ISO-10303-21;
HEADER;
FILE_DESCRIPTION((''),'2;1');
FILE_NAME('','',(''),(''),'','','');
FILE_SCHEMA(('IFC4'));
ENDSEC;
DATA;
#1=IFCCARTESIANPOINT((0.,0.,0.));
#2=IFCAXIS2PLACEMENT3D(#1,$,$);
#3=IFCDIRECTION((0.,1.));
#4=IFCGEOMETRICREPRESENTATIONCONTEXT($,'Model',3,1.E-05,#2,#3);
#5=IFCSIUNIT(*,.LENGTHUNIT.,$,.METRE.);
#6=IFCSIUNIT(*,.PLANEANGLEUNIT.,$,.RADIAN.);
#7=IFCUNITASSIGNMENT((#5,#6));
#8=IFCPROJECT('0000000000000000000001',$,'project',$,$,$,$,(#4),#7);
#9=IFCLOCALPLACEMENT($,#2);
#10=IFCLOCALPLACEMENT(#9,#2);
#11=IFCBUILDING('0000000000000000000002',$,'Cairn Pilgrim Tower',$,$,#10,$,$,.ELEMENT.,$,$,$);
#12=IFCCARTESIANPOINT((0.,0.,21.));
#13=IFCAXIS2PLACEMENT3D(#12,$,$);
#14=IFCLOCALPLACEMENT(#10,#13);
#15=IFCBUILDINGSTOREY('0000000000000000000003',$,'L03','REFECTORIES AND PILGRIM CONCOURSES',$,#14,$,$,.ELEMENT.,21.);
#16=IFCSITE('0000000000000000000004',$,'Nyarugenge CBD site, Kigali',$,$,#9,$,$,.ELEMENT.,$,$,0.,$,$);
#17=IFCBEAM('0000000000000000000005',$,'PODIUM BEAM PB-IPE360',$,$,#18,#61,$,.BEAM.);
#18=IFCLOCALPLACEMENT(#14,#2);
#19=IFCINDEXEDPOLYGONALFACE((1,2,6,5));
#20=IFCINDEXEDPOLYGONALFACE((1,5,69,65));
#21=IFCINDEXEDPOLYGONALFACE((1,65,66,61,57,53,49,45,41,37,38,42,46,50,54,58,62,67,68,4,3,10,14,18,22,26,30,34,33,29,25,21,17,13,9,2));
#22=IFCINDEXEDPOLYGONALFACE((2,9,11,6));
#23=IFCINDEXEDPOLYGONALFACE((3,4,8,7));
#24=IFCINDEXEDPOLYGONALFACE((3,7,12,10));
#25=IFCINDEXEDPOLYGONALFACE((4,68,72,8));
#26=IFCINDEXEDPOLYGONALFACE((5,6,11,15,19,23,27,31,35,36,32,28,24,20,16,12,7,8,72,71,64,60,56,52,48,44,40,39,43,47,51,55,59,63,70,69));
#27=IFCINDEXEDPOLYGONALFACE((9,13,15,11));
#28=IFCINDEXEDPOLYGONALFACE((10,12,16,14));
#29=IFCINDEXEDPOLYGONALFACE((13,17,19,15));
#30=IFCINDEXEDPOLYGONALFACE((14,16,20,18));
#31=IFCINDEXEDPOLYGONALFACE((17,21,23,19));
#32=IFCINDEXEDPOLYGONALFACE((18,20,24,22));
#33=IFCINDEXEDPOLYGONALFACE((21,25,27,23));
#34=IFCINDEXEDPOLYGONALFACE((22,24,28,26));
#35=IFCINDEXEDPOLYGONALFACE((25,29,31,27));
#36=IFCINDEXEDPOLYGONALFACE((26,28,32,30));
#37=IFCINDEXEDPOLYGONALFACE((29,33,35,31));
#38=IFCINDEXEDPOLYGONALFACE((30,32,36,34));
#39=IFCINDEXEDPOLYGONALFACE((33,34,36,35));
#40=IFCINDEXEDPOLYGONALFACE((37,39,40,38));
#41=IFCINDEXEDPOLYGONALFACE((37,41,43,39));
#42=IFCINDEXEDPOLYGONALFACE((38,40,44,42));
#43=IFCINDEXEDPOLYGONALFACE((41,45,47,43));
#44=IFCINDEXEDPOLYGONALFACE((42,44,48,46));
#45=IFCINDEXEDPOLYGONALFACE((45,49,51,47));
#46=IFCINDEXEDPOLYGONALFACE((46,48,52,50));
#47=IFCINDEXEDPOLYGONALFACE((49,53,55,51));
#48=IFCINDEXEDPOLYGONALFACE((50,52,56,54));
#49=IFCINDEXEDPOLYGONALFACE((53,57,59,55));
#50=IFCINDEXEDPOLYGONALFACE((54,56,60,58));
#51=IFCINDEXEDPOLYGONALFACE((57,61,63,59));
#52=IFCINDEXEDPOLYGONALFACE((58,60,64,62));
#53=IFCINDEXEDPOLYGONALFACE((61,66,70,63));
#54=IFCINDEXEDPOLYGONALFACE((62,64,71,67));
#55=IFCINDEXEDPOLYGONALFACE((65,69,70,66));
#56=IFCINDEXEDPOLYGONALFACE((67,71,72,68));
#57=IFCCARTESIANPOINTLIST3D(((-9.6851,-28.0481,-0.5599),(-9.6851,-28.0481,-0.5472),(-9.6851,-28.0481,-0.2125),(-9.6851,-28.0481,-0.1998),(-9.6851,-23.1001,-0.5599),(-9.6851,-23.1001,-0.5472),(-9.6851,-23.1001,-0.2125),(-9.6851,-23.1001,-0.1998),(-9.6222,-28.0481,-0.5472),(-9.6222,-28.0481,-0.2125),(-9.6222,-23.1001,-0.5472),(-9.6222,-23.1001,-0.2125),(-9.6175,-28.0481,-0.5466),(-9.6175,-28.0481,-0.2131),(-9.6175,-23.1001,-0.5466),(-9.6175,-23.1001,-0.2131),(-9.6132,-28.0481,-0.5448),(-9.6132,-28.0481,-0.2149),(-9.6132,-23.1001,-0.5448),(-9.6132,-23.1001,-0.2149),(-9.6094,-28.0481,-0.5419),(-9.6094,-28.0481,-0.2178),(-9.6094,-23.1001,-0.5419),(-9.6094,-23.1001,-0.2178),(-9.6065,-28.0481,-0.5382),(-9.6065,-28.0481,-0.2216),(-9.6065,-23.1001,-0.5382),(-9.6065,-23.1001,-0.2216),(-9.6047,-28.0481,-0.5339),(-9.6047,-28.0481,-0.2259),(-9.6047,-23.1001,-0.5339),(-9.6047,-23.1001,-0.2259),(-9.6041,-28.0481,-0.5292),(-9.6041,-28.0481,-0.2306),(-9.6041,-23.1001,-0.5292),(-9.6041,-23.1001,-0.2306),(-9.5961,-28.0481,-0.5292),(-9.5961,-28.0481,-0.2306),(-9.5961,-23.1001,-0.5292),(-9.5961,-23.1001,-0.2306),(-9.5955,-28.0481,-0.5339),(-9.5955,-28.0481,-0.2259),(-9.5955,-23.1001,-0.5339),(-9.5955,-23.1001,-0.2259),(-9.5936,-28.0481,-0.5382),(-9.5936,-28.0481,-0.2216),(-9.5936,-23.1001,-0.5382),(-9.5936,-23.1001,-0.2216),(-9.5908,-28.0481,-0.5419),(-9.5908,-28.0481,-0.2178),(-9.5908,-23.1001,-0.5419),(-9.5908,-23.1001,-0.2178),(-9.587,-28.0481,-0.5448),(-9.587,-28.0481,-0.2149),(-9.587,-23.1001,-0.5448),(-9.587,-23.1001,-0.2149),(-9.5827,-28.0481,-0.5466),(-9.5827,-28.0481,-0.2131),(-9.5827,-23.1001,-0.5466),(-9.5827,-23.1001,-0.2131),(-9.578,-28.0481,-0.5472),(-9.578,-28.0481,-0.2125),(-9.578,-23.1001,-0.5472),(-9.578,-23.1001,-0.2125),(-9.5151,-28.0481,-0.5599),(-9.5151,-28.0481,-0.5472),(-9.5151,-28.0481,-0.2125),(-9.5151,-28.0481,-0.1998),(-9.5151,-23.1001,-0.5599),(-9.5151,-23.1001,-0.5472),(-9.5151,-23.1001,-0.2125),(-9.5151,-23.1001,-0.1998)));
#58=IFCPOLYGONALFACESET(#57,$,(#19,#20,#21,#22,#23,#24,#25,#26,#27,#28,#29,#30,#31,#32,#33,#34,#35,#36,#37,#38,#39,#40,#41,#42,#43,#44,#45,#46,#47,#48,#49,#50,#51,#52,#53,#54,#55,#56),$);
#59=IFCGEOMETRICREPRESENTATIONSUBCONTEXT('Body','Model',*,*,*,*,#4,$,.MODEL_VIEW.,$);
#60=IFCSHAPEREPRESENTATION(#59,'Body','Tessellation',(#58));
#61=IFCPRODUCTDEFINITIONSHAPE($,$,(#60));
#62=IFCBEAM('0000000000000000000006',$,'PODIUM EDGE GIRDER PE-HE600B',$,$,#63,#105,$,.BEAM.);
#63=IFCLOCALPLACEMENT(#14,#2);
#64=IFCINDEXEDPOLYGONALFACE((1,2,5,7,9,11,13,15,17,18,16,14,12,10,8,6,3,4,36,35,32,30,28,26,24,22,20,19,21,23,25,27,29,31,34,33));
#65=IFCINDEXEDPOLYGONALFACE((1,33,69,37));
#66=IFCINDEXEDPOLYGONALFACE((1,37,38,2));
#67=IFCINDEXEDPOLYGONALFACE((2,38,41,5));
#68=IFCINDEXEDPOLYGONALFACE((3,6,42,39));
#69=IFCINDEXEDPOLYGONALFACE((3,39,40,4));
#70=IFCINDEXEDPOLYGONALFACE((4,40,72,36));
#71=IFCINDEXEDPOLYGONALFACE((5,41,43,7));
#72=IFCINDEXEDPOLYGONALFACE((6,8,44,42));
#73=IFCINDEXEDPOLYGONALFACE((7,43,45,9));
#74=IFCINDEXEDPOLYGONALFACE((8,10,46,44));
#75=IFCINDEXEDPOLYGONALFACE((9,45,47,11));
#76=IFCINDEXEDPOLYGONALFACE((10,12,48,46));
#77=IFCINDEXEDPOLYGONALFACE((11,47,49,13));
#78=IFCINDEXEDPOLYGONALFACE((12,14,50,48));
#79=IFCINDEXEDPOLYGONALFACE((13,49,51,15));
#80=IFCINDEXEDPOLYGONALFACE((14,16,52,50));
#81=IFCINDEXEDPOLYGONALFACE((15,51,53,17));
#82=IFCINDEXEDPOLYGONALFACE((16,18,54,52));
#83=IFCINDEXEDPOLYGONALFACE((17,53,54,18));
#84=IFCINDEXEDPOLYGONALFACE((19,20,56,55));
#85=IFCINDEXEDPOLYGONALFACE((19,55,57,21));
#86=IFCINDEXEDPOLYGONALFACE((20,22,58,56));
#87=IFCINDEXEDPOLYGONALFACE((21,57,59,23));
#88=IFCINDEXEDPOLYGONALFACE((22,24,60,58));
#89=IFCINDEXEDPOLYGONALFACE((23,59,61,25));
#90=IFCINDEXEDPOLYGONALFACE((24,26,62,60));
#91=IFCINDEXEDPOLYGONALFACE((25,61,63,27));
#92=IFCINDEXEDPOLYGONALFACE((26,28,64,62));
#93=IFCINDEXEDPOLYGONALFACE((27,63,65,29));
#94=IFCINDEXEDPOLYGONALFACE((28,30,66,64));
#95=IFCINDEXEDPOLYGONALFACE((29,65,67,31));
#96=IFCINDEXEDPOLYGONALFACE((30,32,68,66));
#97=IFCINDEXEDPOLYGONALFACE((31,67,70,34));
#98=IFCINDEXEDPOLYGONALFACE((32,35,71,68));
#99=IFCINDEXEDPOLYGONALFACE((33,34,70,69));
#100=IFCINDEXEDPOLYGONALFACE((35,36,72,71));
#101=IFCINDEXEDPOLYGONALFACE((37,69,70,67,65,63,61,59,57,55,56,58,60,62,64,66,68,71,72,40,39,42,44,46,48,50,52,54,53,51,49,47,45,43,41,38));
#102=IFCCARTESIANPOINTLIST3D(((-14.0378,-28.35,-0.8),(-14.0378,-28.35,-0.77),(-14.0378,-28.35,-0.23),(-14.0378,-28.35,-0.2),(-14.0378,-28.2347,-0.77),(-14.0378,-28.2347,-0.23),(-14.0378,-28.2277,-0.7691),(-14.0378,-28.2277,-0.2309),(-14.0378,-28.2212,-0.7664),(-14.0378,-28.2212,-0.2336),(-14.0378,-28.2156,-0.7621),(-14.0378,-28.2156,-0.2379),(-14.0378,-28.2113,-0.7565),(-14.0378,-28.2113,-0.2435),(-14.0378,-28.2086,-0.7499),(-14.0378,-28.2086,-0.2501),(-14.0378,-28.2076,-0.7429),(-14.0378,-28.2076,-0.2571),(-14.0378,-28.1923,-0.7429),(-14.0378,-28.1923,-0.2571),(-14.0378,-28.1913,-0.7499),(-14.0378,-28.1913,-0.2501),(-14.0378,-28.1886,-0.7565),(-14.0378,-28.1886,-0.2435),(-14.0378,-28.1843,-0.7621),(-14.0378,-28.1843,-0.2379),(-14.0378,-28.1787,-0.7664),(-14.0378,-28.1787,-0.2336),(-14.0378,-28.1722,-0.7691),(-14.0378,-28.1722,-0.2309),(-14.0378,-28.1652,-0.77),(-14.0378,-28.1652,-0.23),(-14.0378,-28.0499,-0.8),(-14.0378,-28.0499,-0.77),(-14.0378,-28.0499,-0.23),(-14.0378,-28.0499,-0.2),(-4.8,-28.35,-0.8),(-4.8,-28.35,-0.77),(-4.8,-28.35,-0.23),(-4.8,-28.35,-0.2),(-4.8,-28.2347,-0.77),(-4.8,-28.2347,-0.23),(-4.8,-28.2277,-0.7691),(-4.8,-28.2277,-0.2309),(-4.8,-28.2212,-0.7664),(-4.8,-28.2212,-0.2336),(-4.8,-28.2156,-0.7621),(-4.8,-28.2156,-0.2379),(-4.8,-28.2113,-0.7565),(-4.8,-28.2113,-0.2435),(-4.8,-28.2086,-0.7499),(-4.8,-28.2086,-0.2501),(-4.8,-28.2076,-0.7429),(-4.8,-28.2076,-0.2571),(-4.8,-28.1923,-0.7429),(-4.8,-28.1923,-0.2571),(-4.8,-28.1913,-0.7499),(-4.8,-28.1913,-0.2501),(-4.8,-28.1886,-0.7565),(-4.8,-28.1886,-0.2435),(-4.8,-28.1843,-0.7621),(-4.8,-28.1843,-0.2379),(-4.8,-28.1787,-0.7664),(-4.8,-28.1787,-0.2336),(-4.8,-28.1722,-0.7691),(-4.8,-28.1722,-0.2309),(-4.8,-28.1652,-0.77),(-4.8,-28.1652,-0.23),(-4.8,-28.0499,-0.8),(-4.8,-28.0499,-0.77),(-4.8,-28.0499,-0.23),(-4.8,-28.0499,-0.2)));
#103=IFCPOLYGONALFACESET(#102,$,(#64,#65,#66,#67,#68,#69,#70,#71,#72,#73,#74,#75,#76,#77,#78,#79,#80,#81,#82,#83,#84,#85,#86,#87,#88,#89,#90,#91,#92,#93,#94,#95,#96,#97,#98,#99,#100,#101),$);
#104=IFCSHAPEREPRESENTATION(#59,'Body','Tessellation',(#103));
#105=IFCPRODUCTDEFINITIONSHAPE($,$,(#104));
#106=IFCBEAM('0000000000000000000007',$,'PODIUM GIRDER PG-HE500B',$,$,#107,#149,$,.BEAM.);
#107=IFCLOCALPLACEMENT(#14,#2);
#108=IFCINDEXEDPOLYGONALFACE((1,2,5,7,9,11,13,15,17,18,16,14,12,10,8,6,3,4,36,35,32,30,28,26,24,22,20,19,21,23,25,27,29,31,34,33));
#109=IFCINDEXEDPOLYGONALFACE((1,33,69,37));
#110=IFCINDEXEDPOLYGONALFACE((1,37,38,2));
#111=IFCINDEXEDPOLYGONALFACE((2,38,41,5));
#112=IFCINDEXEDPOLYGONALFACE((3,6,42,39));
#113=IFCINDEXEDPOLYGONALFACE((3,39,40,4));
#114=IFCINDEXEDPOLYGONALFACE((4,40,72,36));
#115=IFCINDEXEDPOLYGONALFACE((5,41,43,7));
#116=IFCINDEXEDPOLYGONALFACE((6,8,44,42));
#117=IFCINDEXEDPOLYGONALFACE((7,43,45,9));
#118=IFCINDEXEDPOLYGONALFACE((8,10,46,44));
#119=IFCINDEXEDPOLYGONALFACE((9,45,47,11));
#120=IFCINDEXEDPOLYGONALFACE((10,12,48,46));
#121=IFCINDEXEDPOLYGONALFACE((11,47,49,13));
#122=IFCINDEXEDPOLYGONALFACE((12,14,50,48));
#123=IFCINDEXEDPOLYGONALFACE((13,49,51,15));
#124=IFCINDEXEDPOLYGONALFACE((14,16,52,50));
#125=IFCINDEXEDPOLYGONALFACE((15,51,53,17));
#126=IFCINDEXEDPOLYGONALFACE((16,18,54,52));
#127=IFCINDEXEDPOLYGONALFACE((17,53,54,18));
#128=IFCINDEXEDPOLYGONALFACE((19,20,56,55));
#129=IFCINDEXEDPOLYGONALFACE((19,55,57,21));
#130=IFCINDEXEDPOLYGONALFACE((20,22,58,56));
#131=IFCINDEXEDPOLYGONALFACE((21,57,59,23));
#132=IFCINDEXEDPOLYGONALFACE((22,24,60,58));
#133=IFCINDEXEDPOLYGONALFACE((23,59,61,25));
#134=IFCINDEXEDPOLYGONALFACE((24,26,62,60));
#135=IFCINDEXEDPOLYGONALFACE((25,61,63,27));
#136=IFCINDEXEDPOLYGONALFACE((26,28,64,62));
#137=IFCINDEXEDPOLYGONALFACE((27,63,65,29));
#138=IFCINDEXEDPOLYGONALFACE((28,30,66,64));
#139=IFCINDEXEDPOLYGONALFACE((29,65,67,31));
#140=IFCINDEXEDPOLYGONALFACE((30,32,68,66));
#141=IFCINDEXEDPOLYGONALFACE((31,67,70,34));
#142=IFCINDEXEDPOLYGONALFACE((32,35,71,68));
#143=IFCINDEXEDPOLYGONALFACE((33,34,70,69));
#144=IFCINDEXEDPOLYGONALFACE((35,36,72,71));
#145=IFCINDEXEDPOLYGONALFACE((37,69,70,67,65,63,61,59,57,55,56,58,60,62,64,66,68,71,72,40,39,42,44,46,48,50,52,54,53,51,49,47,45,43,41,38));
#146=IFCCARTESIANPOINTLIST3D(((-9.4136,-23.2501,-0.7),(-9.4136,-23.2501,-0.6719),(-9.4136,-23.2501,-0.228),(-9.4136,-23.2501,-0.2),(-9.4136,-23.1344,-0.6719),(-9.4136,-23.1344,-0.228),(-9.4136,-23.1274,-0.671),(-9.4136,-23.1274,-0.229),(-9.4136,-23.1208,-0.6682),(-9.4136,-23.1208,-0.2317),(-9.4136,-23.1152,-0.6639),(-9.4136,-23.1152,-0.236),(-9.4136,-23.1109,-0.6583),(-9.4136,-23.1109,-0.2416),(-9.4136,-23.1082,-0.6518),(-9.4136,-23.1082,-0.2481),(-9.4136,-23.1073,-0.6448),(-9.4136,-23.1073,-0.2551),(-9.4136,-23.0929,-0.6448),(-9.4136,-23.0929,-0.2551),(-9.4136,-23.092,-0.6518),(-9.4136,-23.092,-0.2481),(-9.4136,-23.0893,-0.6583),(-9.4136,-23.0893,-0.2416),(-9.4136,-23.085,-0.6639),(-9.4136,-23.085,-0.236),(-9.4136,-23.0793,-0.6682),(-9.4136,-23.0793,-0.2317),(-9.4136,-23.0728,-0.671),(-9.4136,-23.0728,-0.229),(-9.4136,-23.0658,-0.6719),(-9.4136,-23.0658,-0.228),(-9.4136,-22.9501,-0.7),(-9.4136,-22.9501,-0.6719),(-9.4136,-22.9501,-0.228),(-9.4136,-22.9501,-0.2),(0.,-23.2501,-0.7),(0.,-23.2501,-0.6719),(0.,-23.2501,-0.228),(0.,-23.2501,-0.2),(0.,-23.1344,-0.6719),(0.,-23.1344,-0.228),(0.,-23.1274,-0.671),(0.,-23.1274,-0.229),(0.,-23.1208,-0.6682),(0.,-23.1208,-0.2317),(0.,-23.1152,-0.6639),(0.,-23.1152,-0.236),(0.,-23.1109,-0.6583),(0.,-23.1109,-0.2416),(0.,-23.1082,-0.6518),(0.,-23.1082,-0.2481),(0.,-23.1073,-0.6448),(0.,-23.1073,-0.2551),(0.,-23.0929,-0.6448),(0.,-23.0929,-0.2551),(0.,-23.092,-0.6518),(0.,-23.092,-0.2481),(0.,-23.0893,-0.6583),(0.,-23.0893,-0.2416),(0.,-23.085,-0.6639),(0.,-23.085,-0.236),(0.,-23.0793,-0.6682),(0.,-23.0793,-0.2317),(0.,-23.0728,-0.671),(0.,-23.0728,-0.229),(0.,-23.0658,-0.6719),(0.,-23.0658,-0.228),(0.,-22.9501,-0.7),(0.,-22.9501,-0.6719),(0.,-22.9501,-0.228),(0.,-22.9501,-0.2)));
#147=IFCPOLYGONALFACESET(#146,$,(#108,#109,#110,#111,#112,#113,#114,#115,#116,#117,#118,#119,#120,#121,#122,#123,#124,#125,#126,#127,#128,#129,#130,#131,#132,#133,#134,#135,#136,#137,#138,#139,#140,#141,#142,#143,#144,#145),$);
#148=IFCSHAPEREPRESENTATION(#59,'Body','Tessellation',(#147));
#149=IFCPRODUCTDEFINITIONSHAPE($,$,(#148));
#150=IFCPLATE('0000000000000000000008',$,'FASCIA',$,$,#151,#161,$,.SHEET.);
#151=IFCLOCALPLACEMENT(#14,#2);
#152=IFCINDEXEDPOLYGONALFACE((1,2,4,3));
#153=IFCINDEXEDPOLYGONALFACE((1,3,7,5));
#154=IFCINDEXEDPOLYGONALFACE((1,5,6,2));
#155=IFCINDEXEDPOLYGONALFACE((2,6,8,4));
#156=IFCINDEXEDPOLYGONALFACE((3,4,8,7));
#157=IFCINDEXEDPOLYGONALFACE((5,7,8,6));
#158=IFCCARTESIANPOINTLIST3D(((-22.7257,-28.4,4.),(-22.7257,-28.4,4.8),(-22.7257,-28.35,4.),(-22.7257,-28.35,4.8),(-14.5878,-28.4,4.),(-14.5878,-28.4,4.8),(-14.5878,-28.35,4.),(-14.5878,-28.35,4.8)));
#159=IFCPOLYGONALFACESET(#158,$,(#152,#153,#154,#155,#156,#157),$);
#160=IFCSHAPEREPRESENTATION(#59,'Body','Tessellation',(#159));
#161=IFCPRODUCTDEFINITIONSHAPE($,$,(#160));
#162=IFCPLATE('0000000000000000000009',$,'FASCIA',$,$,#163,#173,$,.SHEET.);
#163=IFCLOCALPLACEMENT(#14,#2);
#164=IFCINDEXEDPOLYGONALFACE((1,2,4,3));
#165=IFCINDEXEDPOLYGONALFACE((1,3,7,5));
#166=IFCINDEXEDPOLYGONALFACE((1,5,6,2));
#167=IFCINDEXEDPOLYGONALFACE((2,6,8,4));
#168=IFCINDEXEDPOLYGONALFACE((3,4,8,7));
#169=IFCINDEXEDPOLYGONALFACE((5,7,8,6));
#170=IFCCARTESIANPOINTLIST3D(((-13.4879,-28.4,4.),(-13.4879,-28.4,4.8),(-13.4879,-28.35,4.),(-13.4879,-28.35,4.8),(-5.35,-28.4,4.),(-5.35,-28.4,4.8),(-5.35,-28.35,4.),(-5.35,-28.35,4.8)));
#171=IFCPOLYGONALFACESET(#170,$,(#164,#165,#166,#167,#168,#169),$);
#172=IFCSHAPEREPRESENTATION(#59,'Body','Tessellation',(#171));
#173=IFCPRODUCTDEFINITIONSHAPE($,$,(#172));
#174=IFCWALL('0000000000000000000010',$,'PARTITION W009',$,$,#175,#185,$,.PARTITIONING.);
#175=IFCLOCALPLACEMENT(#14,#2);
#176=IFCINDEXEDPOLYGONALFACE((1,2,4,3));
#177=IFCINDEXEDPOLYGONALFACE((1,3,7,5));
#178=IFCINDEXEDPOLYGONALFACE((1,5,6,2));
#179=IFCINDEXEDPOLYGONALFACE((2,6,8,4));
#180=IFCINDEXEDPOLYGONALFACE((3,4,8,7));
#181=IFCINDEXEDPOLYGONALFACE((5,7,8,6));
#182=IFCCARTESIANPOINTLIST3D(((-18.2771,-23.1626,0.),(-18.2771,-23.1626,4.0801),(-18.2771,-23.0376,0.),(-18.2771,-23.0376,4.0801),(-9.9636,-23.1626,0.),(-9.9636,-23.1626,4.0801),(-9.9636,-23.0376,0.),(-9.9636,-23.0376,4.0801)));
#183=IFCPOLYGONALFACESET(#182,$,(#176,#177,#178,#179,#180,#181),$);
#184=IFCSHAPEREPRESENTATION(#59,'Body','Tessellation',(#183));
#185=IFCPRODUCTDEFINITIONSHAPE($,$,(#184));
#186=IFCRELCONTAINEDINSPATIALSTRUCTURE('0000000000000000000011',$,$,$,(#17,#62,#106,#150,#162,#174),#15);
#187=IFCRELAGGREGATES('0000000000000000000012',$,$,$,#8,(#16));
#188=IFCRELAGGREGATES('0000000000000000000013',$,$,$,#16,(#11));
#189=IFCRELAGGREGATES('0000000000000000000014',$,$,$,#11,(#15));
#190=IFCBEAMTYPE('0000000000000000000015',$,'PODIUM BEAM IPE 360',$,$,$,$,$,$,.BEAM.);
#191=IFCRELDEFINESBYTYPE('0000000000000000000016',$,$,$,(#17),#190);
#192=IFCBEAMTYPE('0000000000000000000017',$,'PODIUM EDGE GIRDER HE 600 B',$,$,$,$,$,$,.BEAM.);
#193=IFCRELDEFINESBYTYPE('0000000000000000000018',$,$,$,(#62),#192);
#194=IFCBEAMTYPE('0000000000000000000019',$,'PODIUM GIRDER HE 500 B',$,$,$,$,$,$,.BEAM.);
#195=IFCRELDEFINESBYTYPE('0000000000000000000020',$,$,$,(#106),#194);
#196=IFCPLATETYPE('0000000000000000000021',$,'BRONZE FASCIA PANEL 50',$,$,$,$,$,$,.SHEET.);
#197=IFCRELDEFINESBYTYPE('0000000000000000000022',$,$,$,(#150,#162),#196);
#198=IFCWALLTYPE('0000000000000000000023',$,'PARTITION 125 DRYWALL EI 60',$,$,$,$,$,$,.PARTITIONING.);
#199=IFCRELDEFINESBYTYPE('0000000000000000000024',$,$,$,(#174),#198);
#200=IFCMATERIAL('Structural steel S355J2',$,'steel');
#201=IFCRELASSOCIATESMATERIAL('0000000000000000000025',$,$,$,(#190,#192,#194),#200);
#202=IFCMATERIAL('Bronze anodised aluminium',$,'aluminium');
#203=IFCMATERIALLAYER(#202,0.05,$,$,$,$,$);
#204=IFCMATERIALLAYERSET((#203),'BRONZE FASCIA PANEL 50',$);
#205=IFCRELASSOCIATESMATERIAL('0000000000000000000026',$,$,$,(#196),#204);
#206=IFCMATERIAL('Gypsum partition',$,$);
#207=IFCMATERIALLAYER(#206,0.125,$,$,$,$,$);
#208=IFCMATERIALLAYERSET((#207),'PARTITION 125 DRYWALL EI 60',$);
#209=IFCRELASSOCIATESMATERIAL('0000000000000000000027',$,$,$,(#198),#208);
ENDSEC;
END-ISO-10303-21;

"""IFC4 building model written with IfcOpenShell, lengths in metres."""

from ifc_helpers import new_model, si_unit, direction, frame, frame_2d, origin, origin_2d, place, context, subcontext, project, spatial, rectangle, i_section, extrude, material, layer, layer_set, material_profile, profile_set, type_object, element, save


model = new_model("IFC4")

# Units and contexts
model_context = context("Model", 3, precision=1e-05, world=origin(), true_north=direction((0.0, 1.0)))
body_context = subcontext(model_context, "Body", "Model", "MODEL_VIEW")
ifc_project = project(units=[si_unit("LENGTHUNIT", "METRE"), si_unit("PLANEANGLEUNIT", "RADIAN")], contexts=[model_context])

# Site, building, storey
site_placement = place(None, origin())
site = spatial("IfcSite", under=ifc_project, at=site_placement, Name="Nyarugenge CBD site, Kigali", CompositionType="ELEMENT", RefElevation=0.0)
building_placement = place(site_placement, origin())
building = spatial("IfcBuilding", under=site, at=building_placement, Name="Cairn Pilgrim Tower", CompositionType="ELEMENT")
storey_placement = place(building_placement, frame((0.0, 0.0, 21.0)))
storey = spatial("IfcBuildingStorey", under=building, at=storey_placement, Name="L03", Description="REFECTORIES AND PILGRIM CONCOURSES", CompositionType="ELEMENT", Elevation=21.0)

# Beams
ifc_material_1 = material(Name="Structural steel S355J2", Category="steel")
ifc_material_profile_1 = material_profile(ifc_material_1, i_section(OverallWidth=0.1699, OverallDepth=0.3601, WebThickness=0.0081, FlangeThickness=0.0127, FilletRadius=0.0181, at=origin_2d()), Name="IPE 360")
ifc_profile_set_1 = profile_set([ifc_material_profile_1], Name="Structural steel S355J2")
beam_type_1 = type_object("IfcBeamType", Name="PODIUM BEAM IPE 360", PredefinedType="BEAM", material=ifc_profile_set_1)
beam_1_placement = place(storey_placement, frame((-9.6001, -28.0481, -0.3799), z_axis=(0.0, 1.0, 0.0), x_axis=(-1.0, 0.0, 0.0)))
element("IfcBeam", 1, at=beam_1_placement, inside=storey, type_object=beam_type_1, Name="PODIUM BEAM PB-IPE360", PredefinedType="BEAM", context=body_context, shape_type="SweptSolid", body=[
    extrude(i_section(OverallWidth=0.1699, OverallDepth=0.3601, WebThickness=0.0081, FlangeThickness=0.0127, FilletRadius=0.0181, at=origin_2d()), origin(), (0.0, 0.0, 1.0), 4.948),
])
ifc_material_profile_2 = material_profile(ifc_material_1, i_section(OverallWidth=0.3, OverallDepth=0.6001, WebThickness=0.0154, FlangeThickness=0.03, FilletRadius=0.0271, at=origin_2d()), Name="HEB 600")
ifc_profile_set_2 = profile_set([ifc_material_profile_2], Name="Structural steel S355J2")
beam_type_2 = type_object("IfcBeamType", Name="PODIUM EDGE GIRDER HE 600 B", PredefinedType="BEAM", material=ifc_profile_set_2)
beam_2_placement = place(storey_placement, frame((-14.0378, -28.2, -0.5), z_axis=(1.0, 0.0, 0.0), x_axis=(0.0, 1.0, 0.0)))
element("IfcBeam", 2, at=beam_2_placement, inside=storey, type_object=beam_type_2, Name="PODIUM EDGE GIRDER PE-HE600B", PredefinedType="BEAM", context=body_context, shape_type="SweptSolid", body=[
    extrude(i_section(OverallWidth=0.3, OverallDepth=0.6001, WebThickness=0.0154, FlangeThickness=0.03, FilletRadius=0.0271, at=origin_2d()), origin(), (0.0, 0.0, 1.0), 9.2378),
])
ifc_material_profile_3 = material_profile(ifc_material_1, i_section(OverallWidth=0.3, OverallDepth=0.5, WebThickness=0.0144, FlangeThickness=0.0281, FilletRadius=0.0271, at=origin_2d()), Name="HEB 500")
ifc_profile_set_3 = profile_set([ifc_material_profile_3], Name="Structural steel S355J2")
beam_type_3 = type_object("IfcBeamType", Name="PODIUM GIRDER HE 500 B", PredefinedType="BEAM", material=ifc_profile_set_3)
beam_3_placement = place(storey_placement, frame((-9.4136, -23.1001, -0.45), z_axis=(1.0, 0.0, 0.0), x_axis=(0.0, 1.0, 0.0)))
element("IfcBeam", 3, at=beam_3_placement, inside=storey, type_object=beam_type_3, Name="PODIUM GIRDER PG-HE500B", PredefinedType="BEAM", context=body_context, shape_type="SweptSolid", body=[
    extrude(i_section(OverallWidth=0.3, OverallDepth=0.5, WebThickness=0.0144, FlangeThickness=0.0281, FilletRadius=0.0271, at=origin_2d()), origin(), (0.0, 0.0, 1.0), 9.4136),
])

# Plates
ifc_material_2 = material(Name="Bronze anodised aluminium", Category="aluminium")
ifc_layer_1 = layer(ifc_material_2, 0.05)
ifc_layer_set_1 = layer_set([ifc_layer_1], Name="BRONZE FASCIA PANEL 50")
plate_type = type_object("IfcPlateType", Name="BRONZE FASCIA PANEL 50", PredefinedType="SHEET", material=ifc_layer_set_1)
for number, where, z_axis, x_axis, name in (
    (4, (-18.6567, -28.375, 4.0), (0.0, 0.0, 1.0), (1.0, 0.0, 0.0), "FASCIA"),
    (5, (-9.4189, -28.375, 4.0), (0.0, 0.0, 1.0), (1.0, 0.0, 0.0), "FASCIA"),
):
    element("IfcPlate", number, at=place(storey_placement, frame(where, z_axis=z_axis, x_axis=x_axis)), inside=storey, type_object=plate_type, Name=name, PredefinedType="SHEET", context=body_context, shape_type="SweptSolid", body=[
        extrude(rectangle(XDim=8.1379, YDim=0.05, at=origin_2d()), origin(), (0.0, 0.0, 1.0), 0.8),
    ])

# Wall
ifc_material_3 = material(Name="Gypsum partition")
ifc_layer_2 = layer(ifc_material_3, 0.125)
ifc_layer_set_2 = layer_set([ifc_layer_2], Name="PARTITION 125 DRYWALL EI 60")
wall_type_1 = type_object("IfcWallType", Name="PARTITION 125 DRYWALL EI 60", PredefinedType="PARTITIONING", material=ifc_layer_set_2)
wall_1_placement = place(storey_placement, frame((-18.2771, -23.1001, 0.0), z_axis=(0.0, 0.0, 1.0), x_axis=(1.0, 0.0, 0.0)))
element("IfcWall", 6, at=wall_1_placement, inside=storey, type_object=wall_type_1, Name="PARTITION W009", PredefinedType="PARTITIONING", context=body_context, shape_type="SweptSolid", body=[
    extrude(rectangle(XDim=8.3135, YDim=0.125, at=frame_2d((4.1567, 0.0))), origin(), (0.0, 0.0, 1.0), 4.0801),
])

save(model, "model.ifc")
